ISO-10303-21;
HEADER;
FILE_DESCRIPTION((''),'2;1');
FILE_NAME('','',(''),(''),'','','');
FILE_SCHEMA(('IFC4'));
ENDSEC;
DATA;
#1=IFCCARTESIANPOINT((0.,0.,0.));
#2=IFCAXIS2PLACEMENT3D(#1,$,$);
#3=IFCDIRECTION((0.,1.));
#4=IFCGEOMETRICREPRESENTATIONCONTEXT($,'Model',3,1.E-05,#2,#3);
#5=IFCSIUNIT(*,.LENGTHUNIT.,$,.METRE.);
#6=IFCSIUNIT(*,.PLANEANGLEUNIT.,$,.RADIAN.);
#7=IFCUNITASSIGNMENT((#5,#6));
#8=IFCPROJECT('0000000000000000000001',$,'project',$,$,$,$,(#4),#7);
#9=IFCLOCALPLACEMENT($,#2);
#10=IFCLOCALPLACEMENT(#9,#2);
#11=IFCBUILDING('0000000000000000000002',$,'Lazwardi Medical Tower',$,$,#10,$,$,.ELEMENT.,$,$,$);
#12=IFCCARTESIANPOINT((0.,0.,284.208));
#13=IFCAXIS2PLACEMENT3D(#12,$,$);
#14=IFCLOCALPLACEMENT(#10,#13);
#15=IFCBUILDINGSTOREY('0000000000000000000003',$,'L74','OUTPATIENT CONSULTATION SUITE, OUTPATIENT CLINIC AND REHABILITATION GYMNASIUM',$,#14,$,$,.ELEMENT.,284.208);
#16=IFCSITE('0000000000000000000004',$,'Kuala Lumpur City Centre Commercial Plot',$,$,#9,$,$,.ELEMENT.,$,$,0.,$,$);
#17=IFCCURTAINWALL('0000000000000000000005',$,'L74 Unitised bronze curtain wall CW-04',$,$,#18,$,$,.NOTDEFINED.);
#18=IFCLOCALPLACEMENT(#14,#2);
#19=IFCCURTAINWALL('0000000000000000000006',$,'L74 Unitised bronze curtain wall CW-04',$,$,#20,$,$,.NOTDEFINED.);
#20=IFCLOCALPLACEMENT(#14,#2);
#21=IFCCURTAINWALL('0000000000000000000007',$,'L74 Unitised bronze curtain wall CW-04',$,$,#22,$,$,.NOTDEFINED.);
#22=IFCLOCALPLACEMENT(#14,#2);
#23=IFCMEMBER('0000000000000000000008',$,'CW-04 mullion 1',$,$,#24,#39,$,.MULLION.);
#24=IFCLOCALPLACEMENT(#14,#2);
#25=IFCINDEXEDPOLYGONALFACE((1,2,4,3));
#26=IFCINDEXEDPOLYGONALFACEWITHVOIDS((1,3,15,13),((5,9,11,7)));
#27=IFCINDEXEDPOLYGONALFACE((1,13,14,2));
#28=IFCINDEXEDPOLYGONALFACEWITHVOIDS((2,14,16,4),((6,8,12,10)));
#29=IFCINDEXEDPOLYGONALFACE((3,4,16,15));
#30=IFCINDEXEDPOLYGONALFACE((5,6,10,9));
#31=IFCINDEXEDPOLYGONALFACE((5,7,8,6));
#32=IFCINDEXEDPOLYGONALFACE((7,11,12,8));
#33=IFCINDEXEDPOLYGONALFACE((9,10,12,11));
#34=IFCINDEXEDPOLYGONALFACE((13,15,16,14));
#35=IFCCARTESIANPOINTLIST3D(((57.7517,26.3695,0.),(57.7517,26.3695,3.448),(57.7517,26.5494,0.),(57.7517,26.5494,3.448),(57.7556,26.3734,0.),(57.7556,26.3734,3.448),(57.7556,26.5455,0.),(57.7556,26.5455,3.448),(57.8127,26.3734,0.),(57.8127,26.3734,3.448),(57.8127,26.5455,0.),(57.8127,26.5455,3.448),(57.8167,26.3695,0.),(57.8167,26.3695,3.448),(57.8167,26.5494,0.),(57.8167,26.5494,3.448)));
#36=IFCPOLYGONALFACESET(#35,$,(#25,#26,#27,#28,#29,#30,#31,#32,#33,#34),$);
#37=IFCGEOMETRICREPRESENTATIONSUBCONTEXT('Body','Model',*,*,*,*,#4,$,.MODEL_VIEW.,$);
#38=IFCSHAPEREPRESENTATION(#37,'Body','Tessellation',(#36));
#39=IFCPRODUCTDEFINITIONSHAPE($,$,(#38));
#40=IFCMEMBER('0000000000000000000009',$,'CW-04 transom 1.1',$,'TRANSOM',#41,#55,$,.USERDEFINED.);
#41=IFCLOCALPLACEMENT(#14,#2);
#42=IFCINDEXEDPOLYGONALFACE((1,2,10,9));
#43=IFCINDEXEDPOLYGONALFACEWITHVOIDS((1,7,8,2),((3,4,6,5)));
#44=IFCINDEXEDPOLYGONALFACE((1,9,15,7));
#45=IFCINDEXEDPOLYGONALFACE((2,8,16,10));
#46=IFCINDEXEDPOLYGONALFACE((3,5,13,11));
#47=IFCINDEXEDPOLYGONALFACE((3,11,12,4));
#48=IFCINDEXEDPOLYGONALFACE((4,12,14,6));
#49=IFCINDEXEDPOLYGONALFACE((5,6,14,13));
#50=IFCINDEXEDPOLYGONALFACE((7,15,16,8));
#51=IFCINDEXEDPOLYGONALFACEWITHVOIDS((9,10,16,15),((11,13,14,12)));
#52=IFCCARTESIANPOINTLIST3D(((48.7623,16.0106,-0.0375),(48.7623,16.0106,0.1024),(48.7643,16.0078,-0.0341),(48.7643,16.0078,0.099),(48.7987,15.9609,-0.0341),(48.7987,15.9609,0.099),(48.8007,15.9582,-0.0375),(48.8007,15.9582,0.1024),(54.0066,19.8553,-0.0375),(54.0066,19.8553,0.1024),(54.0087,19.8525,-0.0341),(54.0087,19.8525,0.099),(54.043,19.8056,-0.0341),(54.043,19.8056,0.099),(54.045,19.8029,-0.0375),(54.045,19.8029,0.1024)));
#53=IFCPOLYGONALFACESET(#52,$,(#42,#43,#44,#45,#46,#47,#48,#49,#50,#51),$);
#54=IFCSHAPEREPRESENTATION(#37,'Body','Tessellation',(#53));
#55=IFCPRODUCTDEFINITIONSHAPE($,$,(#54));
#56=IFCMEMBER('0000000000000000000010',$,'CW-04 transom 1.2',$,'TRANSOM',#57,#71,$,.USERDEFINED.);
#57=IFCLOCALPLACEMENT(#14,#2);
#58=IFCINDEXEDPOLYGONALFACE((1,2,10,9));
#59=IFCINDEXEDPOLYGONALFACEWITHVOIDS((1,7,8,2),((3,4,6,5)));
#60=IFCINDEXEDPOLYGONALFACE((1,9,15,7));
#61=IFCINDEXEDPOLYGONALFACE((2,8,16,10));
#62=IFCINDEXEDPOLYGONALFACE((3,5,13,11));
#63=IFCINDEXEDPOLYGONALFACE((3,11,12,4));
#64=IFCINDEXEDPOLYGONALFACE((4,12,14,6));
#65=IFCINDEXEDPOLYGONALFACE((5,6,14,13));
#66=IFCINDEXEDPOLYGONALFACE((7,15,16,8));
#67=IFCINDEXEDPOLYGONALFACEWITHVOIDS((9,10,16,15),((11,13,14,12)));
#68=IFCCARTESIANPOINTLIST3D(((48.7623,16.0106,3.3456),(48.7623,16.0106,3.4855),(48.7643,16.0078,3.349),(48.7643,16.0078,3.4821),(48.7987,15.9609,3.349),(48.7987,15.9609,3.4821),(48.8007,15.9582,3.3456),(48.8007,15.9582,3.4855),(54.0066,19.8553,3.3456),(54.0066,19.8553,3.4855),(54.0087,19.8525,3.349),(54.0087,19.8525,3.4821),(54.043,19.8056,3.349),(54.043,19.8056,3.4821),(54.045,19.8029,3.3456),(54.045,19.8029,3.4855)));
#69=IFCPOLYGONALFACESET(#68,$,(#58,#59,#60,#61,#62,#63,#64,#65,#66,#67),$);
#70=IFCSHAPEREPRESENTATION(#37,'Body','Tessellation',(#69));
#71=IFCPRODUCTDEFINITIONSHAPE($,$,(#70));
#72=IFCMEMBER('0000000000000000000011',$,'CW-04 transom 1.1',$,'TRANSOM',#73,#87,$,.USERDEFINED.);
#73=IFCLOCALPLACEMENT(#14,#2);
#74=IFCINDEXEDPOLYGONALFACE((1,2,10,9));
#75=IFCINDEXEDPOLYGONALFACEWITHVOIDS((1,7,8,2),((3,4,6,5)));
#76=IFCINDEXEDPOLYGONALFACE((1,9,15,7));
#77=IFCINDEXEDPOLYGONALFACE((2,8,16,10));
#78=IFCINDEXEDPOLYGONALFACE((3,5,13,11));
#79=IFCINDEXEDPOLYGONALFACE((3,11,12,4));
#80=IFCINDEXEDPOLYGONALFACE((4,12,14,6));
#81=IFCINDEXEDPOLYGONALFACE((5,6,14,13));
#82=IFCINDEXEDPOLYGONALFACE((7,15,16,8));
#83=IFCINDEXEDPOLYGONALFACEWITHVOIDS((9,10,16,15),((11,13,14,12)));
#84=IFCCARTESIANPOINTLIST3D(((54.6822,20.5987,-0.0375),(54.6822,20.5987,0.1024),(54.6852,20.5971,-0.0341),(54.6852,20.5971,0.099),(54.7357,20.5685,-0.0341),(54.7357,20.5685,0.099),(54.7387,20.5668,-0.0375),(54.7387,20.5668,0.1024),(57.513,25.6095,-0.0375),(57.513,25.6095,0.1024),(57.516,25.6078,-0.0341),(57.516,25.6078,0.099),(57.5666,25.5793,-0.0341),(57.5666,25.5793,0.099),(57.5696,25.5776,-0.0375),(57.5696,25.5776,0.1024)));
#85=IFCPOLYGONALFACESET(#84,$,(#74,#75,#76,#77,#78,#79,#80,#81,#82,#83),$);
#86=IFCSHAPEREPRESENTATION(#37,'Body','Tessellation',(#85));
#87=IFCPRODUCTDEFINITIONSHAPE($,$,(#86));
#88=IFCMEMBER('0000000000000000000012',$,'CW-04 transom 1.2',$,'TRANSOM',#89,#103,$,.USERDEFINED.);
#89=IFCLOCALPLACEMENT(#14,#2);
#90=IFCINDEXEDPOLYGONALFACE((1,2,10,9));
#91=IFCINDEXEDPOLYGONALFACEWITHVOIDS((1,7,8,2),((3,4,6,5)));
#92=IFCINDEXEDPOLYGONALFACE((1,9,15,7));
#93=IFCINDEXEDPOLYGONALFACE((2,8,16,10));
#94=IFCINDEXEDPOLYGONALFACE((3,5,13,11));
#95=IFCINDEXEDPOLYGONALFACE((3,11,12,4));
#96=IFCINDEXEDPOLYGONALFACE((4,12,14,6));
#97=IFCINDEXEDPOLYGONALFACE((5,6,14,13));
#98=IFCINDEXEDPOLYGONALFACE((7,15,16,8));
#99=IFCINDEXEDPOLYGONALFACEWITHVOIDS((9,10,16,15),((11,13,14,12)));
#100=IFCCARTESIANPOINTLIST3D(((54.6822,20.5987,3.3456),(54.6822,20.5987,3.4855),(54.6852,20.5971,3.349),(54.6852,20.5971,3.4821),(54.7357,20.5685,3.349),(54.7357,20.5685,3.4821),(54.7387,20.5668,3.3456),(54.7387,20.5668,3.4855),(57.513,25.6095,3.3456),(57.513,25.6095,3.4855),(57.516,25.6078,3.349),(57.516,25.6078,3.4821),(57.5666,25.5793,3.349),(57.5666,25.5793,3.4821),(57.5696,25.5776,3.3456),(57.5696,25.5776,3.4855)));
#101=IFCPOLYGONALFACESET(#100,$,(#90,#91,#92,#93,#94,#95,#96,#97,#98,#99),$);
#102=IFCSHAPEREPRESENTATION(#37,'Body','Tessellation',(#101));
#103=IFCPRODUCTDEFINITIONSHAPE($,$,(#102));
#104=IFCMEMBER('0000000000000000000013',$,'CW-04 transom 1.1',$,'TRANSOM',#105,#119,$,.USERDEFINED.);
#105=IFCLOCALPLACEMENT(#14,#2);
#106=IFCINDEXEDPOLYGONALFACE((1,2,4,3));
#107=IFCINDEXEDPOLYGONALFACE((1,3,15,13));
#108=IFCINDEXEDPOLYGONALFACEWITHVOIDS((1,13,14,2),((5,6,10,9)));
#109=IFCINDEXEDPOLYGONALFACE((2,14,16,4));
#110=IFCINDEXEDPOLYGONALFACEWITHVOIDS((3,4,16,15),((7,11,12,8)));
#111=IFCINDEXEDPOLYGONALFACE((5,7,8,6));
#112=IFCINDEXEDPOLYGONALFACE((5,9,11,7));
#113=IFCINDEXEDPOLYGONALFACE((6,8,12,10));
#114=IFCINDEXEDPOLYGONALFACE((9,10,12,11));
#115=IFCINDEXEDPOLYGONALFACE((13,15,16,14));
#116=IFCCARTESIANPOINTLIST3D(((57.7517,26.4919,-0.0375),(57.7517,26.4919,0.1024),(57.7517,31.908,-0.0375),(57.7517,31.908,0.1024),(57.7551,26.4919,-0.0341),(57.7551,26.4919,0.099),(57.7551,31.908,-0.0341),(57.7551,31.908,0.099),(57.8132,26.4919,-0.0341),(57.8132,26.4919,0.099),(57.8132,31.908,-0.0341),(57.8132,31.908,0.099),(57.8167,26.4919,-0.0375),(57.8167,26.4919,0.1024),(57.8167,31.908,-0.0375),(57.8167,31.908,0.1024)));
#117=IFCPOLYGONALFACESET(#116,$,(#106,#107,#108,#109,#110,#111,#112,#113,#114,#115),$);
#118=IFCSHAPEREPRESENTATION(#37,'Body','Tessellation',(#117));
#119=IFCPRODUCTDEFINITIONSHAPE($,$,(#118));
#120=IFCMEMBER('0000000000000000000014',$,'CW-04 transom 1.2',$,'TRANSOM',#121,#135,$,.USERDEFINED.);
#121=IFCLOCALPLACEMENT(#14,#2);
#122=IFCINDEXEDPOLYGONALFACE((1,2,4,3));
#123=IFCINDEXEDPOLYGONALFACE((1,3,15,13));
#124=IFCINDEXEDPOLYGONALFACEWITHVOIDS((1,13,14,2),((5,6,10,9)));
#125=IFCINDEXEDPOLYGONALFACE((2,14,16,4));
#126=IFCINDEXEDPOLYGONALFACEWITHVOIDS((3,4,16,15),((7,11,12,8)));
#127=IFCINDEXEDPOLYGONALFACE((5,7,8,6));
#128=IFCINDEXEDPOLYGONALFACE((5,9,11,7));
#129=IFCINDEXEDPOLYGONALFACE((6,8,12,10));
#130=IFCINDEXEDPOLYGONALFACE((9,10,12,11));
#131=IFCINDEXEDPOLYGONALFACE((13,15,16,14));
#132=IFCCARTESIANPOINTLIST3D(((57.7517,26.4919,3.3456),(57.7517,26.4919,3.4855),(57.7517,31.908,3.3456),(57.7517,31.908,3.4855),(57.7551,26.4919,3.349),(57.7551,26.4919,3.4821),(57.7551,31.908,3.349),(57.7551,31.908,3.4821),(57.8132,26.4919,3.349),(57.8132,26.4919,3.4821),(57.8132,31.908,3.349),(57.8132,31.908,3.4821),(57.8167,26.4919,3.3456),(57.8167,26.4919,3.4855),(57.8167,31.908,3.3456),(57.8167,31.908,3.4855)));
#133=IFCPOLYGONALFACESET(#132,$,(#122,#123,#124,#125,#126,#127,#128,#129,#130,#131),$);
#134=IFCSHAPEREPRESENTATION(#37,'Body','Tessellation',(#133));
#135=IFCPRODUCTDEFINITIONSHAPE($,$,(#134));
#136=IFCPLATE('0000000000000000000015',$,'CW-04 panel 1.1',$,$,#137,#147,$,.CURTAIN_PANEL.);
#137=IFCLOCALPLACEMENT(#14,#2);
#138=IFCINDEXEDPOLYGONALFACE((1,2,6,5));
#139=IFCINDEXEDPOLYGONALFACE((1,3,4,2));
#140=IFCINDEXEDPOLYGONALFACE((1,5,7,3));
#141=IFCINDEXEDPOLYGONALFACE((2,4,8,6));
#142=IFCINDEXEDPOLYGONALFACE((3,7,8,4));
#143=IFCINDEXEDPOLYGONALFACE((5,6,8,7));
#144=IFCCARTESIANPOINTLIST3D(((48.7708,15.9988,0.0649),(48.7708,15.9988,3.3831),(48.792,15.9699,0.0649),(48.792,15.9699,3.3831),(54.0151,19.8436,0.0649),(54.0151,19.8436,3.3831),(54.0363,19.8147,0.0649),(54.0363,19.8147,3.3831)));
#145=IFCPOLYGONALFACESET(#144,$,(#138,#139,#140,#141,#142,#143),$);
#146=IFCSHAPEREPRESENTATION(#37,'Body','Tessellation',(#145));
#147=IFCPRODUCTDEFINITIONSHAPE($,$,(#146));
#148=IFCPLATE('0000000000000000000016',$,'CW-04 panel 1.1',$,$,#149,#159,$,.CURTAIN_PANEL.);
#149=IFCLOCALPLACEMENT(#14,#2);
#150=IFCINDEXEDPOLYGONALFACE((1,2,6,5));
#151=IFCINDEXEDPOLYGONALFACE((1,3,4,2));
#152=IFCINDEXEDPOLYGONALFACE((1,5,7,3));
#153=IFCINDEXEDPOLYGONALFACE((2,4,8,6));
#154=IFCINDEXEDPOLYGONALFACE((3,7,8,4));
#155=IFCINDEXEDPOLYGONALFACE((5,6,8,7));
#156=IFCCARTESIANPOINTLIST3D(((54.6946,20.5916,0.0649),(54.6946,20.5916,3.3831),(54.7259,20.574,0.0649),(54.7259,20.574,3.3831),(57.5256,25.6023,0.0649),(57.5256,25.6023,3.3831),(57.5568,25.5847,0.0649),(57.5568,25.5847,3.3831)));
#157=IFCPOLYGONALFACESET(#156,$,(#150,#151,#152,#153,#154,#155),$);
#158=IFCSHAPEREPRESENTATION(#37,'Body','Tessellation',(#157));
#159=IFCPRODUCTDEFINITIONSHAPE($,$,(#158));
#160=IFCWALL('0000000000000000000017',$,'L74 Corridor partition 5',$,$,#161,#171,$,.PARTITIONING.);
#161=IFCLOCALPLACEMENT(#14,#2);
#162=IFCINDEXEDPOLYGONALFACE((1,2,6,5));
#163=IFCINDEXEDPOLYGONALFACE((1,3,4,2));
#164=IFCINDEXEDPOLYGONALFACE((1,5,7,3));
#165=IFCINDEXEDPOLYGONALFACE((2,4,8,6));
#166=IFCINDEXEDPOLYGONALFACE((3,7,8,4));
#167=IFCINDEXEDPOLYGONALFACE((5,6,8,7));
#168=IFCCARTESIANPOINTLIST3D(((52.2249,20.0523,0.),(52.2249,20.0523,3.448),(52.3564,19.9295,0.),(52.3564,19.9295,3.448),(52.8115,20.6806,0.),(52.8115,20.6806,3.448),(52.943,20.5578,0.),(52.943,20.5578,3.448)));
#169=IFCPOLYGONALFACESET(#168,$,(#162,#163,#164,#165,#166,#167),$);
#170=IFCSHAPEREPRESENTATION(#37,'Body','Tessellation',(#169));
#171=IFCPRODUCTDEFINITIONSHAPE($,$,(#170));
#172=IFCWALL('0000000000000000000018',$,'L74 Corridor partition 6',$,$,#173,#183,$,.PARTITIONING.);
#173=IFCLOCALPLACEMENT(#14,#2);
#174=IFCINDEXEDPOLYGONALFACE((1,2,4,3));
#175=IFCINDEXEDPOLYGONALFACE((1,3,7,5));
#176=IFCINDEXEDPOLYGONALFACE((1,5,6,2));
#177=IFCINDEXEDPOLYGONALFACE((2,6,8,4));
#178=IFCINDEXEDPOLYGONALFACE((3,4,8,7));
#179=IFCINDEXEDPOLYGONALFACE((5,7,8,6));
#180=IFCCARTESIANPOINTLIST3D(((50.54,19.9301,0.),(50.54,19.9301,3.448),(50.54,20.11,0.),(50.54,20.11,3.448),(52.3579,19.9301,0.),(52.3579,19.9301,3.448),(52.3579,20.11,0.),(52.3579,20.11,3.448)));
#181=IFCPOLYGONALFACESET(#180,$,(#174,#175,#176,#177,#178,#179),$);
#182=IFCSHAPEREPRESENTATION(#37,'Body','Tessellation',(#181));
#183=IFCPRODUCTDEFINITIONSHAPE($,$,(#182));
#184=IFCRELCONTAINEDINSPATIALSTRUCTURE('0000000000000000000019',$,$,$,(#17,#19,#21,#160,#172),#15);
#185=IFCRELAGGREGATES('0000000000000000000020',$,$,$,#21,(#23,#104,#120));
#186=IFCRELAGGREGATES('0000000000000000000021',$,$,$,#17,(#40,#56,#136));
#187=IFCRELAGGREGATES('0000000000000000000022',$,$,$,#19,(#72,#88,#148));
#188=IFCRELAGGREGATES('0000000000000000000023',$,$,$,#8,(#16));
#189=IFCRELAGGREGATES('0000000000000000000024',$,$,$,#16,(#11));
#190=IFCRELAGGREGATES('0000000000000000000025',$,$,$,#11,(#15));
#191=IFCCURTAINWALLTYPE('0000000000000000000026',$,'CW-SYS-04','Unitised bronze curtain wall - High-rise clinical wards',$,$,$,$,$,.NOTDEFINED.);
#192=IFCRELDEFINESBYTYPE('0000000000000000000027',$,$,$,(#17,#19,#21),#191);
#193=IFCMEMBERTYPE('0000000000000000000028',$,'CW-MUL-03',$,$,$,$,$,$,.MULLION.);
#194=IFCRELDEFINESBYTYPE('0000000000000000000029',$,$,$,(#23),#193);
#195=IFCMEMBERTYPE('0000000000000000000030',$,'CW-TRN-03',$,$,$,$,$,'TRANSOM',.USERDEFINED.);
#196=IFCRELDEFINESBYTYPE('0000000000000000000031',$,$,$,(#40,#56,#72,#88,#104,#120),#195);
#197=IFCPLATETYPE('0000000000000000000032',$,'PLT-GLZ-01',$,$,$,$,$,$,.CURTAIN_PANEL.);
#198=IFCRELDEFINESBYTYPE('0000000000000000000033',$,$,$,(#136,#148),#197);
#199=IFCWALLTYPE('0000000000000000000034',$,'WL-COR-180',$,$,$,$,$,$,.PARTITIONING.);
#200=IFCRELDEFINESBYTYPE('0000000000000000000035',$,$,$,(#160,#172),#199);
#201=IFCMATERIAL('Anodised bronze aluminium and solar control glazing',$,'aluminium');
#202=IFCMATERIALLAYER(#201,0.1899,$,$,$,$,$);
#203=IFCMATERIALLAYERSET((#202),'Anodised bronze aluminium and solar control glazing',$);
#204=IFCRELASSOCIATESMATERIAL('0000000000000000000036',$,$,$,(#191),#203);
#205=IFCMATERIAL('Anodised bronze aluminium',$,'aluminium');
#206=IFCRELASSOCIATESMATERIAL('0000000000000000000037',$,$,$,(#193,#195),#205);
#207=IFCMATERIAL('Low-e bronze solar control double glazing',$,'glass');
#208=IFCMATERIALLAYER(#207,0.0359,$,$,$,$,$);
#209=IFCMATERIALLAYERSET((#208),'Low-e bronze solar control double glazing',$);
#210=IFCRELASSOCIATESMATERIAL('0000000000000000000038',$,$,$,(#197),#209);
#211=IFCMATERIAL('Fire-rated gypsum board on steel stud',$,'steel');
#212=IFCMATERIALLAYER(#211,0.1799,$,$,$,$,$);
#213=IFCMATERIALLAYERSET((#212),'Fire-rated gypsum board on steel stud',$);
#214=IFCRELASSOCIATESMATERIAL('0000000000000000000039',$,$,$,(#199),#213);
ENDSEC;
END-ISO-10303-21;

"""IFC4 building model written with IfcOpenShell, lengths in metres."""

from ifc_helpers import new_model, si_unit, direction, frame, frame_2d, origin, origin_2d, place, context, subcontext, project, spatial, rectangle, hollow_rectangle, extrude, material, layer, layer_set, material_profile, profile_set, type_object, element, aggregate, save


model = new_model("IFC4")

# Units and contexts
model_context = context("Model", 3, precision=1e-05, world=origin(), true_north=direction((0.0, 1.0)))
body_context = subcontext(model_context, "Body", "Model", "MODEL_VIEW")
ifc_project = project(units=[si_unit("LENGTHUNIT", "METRE"), si_unit("PLANEANGLEUNIT", "RADIAN")], contexts=[model_context])

# Site, building, storey
site_placement = place(None, origin())
site = spatial("IfcSite", under=ifc_project, at=site_placement, Name="Kuala Lumpur City Centre Commercial Plot", CompositionType="ELEMENT", RefElevation=0.0)
building_placement = place(site_placement, origin())
building = spatial("IfcBuilding", under=site, at=building_placement, Name="Lazwardi Medical Tower", CompositionType="ELEMENT")
storey_placement = place(building_placement, frame((0.0, 0.0, 284.208)))
storey = spatial("IfcBuildingStorey", under=building, at=storey_placement, Name="L74", Description="OUTPATIENT CONSULTATION SUITE, OUTPATIENT CLINIC AND REHABILITATION GYMNASIUM", CompositionType="ELEMENT", Elevation=284.208)

# Shared definitions
ifc_material_1 = material(Name="Anodised bronze aluminium and solar control glazing", Category="aluminium")
ifc_layer_1 = layer(ifc_material_1, 0.1899)
ifc_layer_set_1 = layer_set([ifc_layer_1], Name="Anodised bronze aluminium and solar control glazing")
curtain_wall_type = type_object("IfcCurtainWallType", Name="CW-SYS-04", Description="Unitised bronze curtain wall - High-rise clinical wards", PredefinedType="NOTDEFINED", material=ifc_layer_set_1)
ifc_material_2 = material(Name="Anodised bronze aluminium", Category="aluminium")
ifc_material_profile_1 = material_profile(ifc_material_2, hollow_rectangle(XDim=0.0649, YDim=0.1799, WallThickness=0.0039, at=origin_2d()), Name="ALU-MULLION 180x65x4")
ifc_profile_set_1 = profile_set([ifc_material_profile_1], Name="Anodised bronze aluminium")
member_type_1 = type_object("IfcMemberType", Name="CW-MUL-03", PredefinedType="MULLION", material=ifc_profile_set_1)

# Curtain walls
curtain_wall_1_placement = place(storey_placement, origin())
curtain_wall_1 = element("IfcCurtainWall", 1, at=curtain_wall_1_placement, inside=storey, type_object=curtain_wall_type, Name="L74 Unitised bronze curtain wall CW-04", PredefinedType="NOTDEFINED")
curtain_wall_2_placement = place(storey_placement, origin())
curtain_wall_2 = element("IfcCurtainWall", 2, at=curtain_wall_2_placement, inside=storey, type_object=curtain_wall_type, Name="L74 Unitised bronze curtain wall CW-04", PredefinedType="NOTDEFINED")

# Curtain wall, member
curtain_wall_3_placement = place(storey_placement, origin())
curtain_wall_3 = element("IfcCurtainWall", 3, at=curtain_wall_3_placement, inside=storey, type_object=curtain_wall_type, Name="L74 Unitised bronze curtain wall CW-04", PredefinedType="NOTDEFINED")
member_1_placement = place(storey_placement, frame((57.7842, 26.4595, 0.0), z_axis=(0.0, 0.0, 1.0), x_axis=(-1.0, 0.0, 0.0)))
member_1 = element("IfcMember", 4, at=member_1_placement, type_object=member_type_1, Name="CW-04 mullion 1", PredefinedType="MULLION", context=body_context, shape_type="SweptSolid", body=[
    extrude(hollow_rectangle(XDim=0.0649, YDim=0.1799, WallThickness=0.0039, at=origin_2d()), origin(), (0.0, 0.0, 1.0), 3.448),
])

# Members
ifc_material_profile_2 = material_profile(ifc_material_2, hollow_rectangle(XDim=0.0649, YDim=0.1399, WallThickness=0.0034, at=origin_2d()), Name="ALU-TRANSOM 140x65x3.5")
ifc_profile_set_2 = profile_set([ifc_material_profile_2], Name="Anodised bronze aluminium")
member_type_2 = type_object("IfcMemberType", Name="CW-TRN-03", ElementType="TRANSOM", PredefinedType="USERDEFINED", material=ifc_profile_set_2)
member_2_placement = place(storey_placement, frame((48.7815, 15.9844, 0.0325), z_axis=(0.80649, 0.591248, 0.0), x_axis=(-0.591248, 0.80649, 0.0)))
member_2 = element("IfcMember", 5, at=member_2_placement, type_object=member_type_2, Name="CW-04 transom 1.1", ObjectType="TRANSOM", PredefinedType="USERDEFINED", context=body_context, shape_type="SweptSolid", body=[
    extrude(hollow_rectangle(XDim=0.0649, YDim=0.1399, WallThickness=0.0034, at=origin_2d()), origin(), (0.0, 0.0, 1.0), 6.5027),
])
member_3_placement = place(storey_placement, frame((48.7815, 15.9844, 3.4155), z_axis=(0.80649, 0.591248, 0.0), x_axis=(-0.591248, 0.80649, 0.0)))
member_3 = element("IfcMember", 6, at=member_3_placement, type_object=member_type_2, Name="CW-04 transom 1.2", ObjectType="TRANSOM", PredefinedType="USERDEFINED", context=body_context, shape_type="SweptSolid", body=[
    extrude(hollow_rectangle(XDim=0.0649, YDim=0.1399, WallThickness=0.0034, at=origin_2d()), origin(), (0.0, 0.0, 1.0), 6.5027),
])
member_4_placement = place(storey_placement, frame((54.7104, 20.5828, 0.0325), z_axis=(0.49188, 0.870663, 0.0), x_axis=(-0.870663, 0.49188, 0.0)))
member_4 = element("IfcMember", 7, at=member_4_placement, type_object=member_type_2, Name="CW-04 transom 1.1", ObjectType="TRANSOM", PredefinedType="USERDEFINED", context=body_context, shape_type="SweptSolid", body=[
    extrude(hollow_rectangle(XDim=0.0649, YDim=0.1399, WallThickness=0.0034, at=origin_2d()), origin(), (0.0, 0.0, 1.0), 5.7551),
])
member_5_placement = place(storey_placement, frame((54.7104, 20.5828, 3.4155), z_axis=(0.49188, 0.870663, 0.0), x_axis=(-0.870663, 0.49188, 0.0)))
member_5 = element("IfcMember", 8, at=member_5_placement, type_object=member_type_2, Name="CW-04 transom 1.2", ObjectType="TRANSOM", PredefinedType="USERDEFINED", context=body_context, shape_type="SweptSolid", body=[
    extrude(hollow_rectangle(XDim=0.0649, YDim=0.1399, WallThickness=0.0034, at=origin_2d()), origin(), (0.0, 0.0, 1.0), 5.7551),
])
member_6_placement = place(storey_placement, frame((57.7842, 26.4919, 0.0325), z_axis=(0.0, 1.0, 0.0), x_axis=(-1.0, 0.0, 0.0)))
member_6 = element("IfcMember", 9, at=member_6_placement, type_object=member_type_2, Name="CW-04 transom 1.1", ObjectType="TRANSOM", PredefinedType="USERDEFINED", context=body_context, shape_type="SweptSolid", body=[
    extrude(hollow_rectangle(XDim=0.0649, YDim=0.1399, WallThickness=0.0034, at=origin_2d()), origin(), (0.0, 0.0, 1.0), 5.416),
])
member_7_placement = place(storey_placement, frame((57.7842, 26.4919, 3.4155), z_axis=(0.0, 1.0, 0.0), x_axis=(-1.0, 0.0, 0.0)))
member_7 = element("IfcMember", 10, at=member_7_placement, type_object=member_type_2, Name="CW-04 transom 1.2", ObjectType="TRANSOM", PredefinedType="USERDEFINED", context=body_context, shape_type="SweptSolid", body=[
    extrude(hollow_rectangle(XDim=0.0649, YDim=0.1399, WallThickness=0.0034, at=origin_2d()), origin(), (0.0, 0.0, 1.0), 5.416),
])
aggregate(curtain_wall_3, [member_1, member_6, member_7])

# Plates
ifc_material_3 = material(Name="Low-e bronze solar control double glazing", Category="glass")
ifc_layer_2 = layer(ifc_material_3, 0.0359)
ifc_layer_set_2 = layer_set([ifc_layer_2], Name="Low-e bronze solar control double glazing")
plate_type = type_object("IfcPlateType", Name="PLT-GLZ-01", PredefinedType="CURTAIN_PANEL", material=ifc_layer_set_2)
plate_1_placement = place(storey_placement, frame((51.4036, 17.9067, 0.0649), z_axis=(0.0, 0.0, 1.0), x_axis=(0.806475, 0.591268, 0.0)))
plate_1 = element("IfcPlate", 11, at=plate_1_placement, type_object=plate_type, Name="CW-04 panel 1.1", PredefinedType="CURTAIN_PANEL", context=body_context, shape_type="SweptSolid", body=[
    extrude(rectangle(XDim=6.5027, YDim=0.0359, at=origin_2d()), origin(), (0.0, 0.0, 1.0), 3.3181),
])
aggregate(curtain_wall_1, [member_2, member_3, plate_1])
plate_2_placement = place(storey_placement, frame((56.1257, 23.0881, 0.0649), z_axis=(0.0, 0.0, 1.0), x_axis=(0.4919, 0.870651, 0.0)))
plate_2 = element("IfcPlate", 12, at=plate_2_placement, type_object=plate_type, Name="CW-04 panel 1.1", PredefinedType="CURTAIN_PANEL", context=body_context, shape_type="SweptSolid", body=[
    extrude(rectangle(XDim=5.7551, YDim=0.0359, at=origin_2d()), origin(), (0.0, 0.0, 1.0), 3.3181),
])
aggregate(curtain_wall_2, [member_4, member_5, plate_2])

# Walls
ifc_material_4 = material(Name="Fire-rated gypsum board on steel stud", Category="steel")
ifc_layer_3 = layer(ifc_material_4, 0.1799)
ifc_layer_set_3 = layer_set([ifc_layer_3], Name="Fire-rated gypsum board on steel stud")
wall_type_1 = type_object("IfcWallType", Name="WL-COR-180", PredefinedType="PARTITIONING", material=ifc_layer_set_3)
wall_1_placement = place(storey_placement, frame((52.8772, 20.6191, 0.0), z_axis=(0.0, 0.0, 1.0), x_axis=(-0.682409, -0.73097, 0.0)))
element("IfcWall", 13, at=wall_1_placement, inside=storey, type_object=wall_type_1, Name="L74 Corridor partition 5", PredefinedType="PARTITIONING", context=body_context, shape_type="SweptSolid", body=[
    extrude(rectangle(XDim=0.8596, YDim=0.1799, at=frame_2d((0.4297, 0.0))), origin(), (0.0, 0.0, 1.0), 3.448),
])
wall_2_placement = place(storey_placement, frame((52.3579, 20.02, 0.0), z_axis=(0.0, 0.0, 1.0), x_axis=(-1.0, 0.0, 0.0)))
element("IfcWall", 14, at=wall_2_placement, inside=storey, type_object=wall_type_1, Name="L74 Corridor partition 6", PredefinedType="PARTITIONING", context=body_context, shape_type="SweptSolid", body=[
    extrude(rectangle(XDim=1.8179, YDim=0.1799, at=frame_2d((0.9089, 0.0))), origin(), (0.0, 0.0, 1.0), 3.448),
])

save(model, "model.ifc")
